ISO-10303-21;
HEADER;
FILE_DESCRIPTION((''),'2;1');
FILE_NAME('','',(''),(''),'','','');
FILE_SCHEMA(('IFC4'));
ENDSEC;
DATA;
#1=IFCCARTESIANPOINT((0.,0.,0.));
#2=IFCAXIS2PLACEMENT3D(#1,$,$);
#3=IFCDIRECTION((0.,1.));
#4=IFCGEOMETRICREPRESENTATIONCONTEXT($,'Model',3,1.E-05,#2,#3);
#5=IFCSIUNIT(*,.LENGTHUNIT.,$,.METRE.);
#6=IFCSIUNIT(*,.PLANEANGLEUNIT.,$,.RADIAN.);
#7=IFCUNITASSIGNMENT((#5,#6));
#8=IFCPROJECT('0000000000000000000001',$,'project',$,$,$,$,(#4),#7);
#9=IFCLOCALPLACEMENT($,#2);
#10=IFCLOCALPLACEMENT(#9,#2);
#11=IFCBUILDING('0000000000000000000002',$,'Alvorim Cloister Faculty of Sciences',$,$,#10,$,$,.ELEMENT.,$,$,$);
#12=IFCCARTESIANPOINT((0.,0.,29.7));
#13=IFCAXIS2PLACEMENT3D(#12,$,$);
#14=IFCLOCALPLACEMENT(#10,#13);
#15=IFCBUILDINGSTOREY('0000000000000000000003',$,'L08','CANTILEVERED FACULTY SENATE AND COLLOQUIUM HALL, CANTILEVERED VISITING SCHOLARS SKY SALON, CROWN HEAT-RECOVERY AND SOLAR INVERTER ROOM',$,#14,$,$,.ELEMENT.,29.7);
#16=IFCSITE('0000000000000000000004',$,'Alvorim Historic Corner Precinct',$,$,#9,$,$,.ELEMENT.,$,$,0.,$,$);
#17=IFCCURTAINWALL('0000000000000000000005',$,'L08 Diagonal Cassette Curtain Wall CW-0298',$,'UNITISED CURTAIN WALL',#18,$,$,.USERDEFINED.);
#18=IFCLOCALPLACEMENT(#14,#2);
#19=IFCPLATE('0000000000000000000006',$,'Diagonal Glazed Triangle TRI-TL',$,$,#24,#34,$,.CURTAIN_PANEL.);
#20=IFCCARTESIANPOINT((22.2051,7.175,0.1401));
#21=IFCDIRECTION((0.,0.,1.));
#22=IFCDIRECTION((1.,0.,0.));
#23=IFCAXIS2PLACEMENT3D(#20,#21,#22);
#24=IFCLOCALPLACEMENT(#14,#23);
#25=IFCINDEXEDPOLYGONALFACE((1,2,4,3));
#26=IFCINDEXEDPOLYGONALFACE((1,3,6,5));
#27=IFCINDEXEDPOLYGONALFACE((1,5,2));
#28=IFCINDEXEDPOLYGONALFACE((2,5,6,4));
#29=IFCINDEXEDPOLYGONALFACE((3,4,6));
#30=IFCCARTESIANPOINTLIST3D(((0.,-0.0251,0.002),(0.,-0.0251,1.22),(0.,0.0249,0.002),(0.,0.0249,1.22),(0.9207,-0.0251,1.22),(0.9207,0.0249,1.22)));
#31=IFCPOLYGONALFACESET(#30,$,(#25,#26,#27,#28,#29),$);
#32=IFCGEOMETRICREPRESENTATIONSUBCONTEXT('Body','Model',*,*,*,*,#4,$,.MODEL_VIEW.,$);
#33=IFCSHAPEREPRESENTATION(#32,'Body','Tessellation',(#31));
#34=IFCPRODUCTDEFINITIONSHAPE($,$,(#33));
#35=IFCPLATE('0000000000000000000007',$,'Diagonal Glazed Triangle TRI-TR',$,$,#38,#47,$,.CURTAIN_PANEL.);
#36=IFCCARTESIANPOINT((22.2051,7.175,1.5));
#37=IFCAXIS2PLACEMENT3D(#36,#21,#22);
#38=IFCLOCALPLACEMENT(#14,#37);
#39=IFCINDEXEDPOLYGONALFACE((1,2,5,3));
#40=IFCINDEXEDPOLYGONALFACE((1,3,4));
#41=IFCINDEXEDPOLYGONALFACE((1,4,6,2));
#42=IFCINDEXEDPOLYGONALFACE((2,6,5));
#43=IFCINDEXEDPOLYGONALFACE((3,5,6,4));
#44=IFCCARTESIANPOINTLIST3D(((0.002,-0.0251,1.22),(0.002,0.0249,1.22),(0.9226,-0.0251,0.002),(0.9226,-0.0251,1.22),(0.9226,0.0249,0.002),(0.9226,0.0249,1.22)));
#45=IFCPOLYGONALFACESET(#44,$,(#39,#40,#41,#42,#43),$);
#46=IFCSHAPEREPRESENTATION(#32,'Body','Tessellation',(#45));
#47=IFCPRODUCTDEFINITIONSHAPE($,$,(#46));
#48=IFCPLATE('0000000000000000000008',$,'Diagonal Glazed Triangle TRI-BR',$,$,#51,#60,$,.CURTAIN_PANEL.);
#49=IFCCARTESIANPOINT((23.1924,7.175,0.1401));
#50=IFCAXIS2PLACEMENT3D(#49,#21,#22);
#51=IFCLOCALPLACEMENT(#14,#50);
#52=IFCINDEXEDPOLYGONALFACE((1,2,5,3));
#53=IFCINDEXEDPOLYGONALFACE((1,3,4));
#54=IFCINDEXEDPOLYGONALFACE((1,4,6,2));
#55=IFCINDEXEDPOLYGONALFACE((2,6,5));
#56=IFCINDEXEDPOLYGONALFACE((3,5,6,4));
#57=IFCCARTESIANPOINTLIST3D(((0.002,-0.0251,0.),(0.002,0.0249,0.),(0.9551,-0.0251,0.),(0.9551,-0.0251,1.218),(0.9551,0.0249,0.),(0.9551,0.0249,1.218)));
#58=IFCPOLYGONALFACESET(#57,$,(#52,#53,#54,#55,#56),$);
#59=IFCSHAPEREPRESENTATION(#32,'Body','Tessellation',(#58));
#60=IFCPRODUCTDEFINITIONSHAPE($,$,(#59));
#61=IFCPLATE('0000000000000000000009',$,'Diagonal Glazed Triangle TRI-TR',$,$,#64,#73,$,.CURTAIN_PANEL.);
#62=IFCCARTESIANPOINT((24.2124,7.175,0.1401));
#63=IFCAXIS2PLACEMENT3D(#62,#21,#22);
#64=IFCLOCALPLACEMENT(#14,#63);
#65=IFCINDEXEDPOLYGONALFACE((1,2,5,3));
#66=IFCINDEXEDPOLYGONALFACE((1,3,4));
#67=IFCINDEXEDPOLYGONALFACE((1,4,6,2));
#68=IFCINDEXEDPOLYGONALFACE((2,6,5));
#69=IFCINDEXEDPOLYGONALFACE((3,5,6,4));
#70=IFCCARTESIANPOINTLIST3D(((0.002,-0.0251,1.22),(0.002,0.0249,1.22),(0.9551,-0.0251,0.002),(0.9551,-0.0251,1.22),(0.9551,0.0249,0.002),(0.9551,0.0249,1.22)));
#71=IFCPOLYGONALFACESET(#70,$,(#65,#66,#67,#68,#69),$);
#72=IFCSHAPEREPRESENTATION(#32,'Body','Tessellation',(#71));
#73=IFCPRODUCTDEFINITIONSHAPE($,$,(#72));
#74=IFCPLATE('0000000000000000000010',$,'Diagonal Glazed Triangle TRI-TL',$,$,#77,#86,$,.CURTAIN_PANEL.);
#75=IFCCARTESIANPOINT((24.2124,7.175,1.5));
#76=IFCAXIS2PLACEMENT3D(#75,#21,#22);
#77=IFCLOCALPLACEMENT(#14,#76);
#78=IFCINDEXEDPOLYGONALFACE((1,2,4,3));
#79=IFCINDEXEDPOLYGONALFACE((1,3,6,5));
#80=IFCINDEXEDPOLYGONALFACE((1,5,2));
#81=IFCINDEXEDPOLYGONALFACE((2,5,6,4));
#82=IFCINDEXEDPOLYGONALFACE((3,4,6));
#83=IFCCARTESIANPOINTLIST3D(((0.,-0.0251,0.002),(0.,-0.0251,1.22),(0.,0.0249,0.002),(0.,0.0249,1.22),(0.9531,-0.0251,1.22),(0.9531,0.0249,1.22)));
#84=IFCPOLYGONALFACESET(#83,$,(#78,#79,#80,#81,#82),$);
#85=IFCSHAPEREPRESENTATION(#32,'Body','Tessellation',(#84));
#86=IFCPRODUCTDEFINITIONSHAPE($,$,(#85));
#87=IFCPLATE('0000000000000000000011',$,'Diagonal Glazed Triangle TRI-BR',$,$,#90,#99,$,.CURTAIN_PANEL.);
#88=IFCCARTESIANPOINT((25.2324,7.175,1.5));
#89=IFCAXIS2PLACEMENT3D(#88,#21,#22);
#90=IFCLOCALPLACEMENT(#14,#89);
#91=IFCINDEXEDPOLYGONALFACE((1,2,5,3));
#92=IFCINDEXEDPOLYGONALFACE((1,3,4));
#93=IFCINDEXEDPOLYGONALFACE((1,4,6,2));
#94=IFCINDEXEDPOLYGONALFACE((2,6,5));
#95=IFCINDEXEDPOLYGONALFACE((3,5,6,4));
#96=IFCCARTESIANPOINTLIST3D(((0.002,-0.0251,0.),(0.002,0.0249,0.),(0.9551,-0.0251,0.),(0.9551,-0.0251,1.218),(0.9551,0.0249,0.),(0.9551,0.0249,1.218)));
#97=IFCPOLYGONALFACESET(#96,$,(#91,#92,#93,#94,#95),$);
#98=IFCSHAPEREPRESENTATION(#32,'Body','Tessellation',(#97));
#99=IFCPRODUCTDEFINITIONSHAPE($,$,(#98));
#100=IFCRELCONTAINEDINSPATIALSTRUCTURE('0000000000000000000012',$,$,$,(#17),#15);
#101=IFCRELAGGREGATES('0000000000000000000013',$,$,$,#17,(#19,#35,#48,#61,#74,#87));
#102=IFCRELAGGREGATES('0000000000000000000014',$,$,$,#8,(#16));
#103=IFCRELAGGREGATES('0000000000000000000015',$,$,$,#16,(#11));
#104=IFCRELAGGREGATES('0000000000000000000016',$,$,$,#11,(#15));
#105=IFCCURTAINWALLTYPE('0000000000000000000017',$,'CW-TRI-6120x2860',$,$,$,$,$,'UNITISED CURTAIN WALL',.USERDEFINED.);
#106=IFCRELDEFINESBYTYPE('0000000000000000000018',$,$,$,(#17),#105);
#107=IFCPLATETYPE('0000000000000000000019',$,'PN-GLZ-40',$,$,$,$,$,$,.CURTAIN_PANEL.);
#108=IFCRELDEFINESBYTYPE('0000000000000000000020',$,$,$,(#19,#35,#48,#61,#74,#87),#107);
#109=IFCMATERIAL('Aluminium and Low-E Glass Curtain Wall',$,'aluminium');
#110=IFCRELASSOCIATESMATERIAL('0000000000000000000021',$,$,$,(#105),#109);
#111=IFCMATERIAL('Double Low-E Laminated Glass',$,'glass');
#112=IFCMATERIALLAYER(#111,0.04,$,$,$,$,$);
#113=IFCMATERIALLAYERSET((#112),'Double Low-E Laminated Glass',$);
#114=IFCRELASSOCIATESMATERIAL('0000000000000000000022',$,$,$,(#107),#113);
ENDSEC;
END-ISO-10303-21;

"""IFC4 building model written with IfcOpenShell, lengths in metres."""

from ifc_helpers import new_model, si_unit, direction, frame, origin, place, context, subcontext, project, spatial, polyline, outline, extrude, material, layer, layer_set, type_object, element, aggregate, save


model = new_model("IFC4")

# Units and contexts
model_context = context("Model", 3, precision=1e-05, world=origin(), true_north=direction((0.0, 1.0)))
body_context = subcontext(model_context, "Body", "Model", "MODEL_VIEW")
ifc_project = project(units=[si_unit("LENGTHUNIT", "METRE"), si_unit("PLANEANGLEUNIT", "RADIAN")], contexts=[model_context])

# Site, building, storey
site_placement = place(None, origin())
site = spatial("IfcSite", under=ifc_project, at=site_placement, Name="Alvorim Historic Corner Precinct", CompositionType="ELEMENT", RefElevation=0.0)
building_placement = place(site_placement, origin())
building = spatial("IfcBuilding", under=site, at=building_placement, Name="Alvorim Cloister Faculty of Sciences", CompositionType="ELEMENT")
storey_placement = place(building_placement, frame((0.0, 0.0, 29.7)))
storey = spatial("IfcBuildingStorey", under=building, at=storey_placement, Name="L08", Description="CANTILEVERED FACULTY SENATE AND COLLOQUIUM HALL, CANTILEVERED VISITING SCHOLARS SKY SALON, CROWN HEAT-RECOVERY AND SOLAR INVERTER ROOM", CompositionType="ELEMENT", Elevation=29.7)

# Curtain wall
ifc_material_1 = material(Name="Aluminium and Low-E Glass Curtain Wall", Category="aluminium")
curtain_wall_type = type_object("IfcCurtainWallType", Name="CW-TRI-6120x2860", ElementType="UNITISED CURTAIN WALL", PredefinedType="USERDEFINED", material=ifc_material_1)
curtain_wall_1_placement = place(storey_placement, origin())
curtain_wall_1 = element("IfcCurtainWall", 1, at=curtain_wall_1_placement, inside=storey, type_object=curtain_wall_type, Name="L08 Diagonal Cassette Curtain Wall CW-0298", ObjectType="UNITISED CURTAIN WALL", PredefinedType="USERDEFINED")

# Plates
ifc_material_2 = material(Name="Double Low-E Laminated Glass", Category="glass")
ifc_layer_1 = layer(ifc_material_2, 0.04)
ifc_layer_set_1 = layer_set([ifc_layer_1], Name="Double Low-E Laminated Glass")
plate_type = type_object("IfcPlateType", Name="PN-GLZ-40", PredefinedType="CURTAIN_PANEL", material=ifc_layer_set_1)
plate_1_placement = place(storey_placement, frame((22.2051, 7.175, 0.1401), z_axis=(0.0, 0.0, 1.0), x_axis=(1.0, 0.0, 0.0)))
plate_1 = element("IfcPlate", 2, at=plate_1_placement, type_object=plate_type, Name="Diagonal Glazed Triangle TRI-TL", PredefinedType="CURTAIN_PANEL", context=body_context, shape_type="SweptSolid", body=[
    extrude(outline(polyline([(0.9207, 1.22), (0.0, 1.22), (0.0, 0.002), (0.9207, 1.22)])), frame((0.0, 0.0249, 0.0), z_axis=(0.0, -1.0, 0.0), x_axis=(1.0, 0.0, 0.0)), (0.0, 0.0, 1.0), 0.05),
])
plate_2_placement = place(storey_placement, frame((22.2051, 7.175, 1.5), z_axis=(0.0, 0.0, 1.0), x_axis=(1.0, 0.0, 0.0)))
plate_2 = element("IfcPlate", 3, at=plate_2_placement, type_object=plate_type, Name="Diagonal Glazed Triangle TRI-TR", PredefinedType="CURTAIN_PANEL", context=body_context, shape_type="SweptSolid", body=[
    extrude(outline(polyline([(0.9226, 0.002), (0.9226, 1.22), (0.002, 1.22), (0.9226, 0.002)])), frame((0.0, 0.0249, 0.0), z_axis=(0.0, -1.0, 0.0), x_axis=(1.0, 0.0, 0.0)), (0.0, 0.0, 1.0), 0.05),
])
plate_3_placement = place(storey_placement, frame((23.1924, 7.175, 0.1401), z_axis=(0.0, 0.0, 1.0), x_axis=(1.0, 0.0, 0.0)))
plate_3 = element("IfcPlate", 4, at=plate_3_placement, type_object=plate_type, Name="Diagonal Glazed Triangle TRI-BR", PredefinedType="CURTAIN_PANEL", context=body_context, shape_type="SweptSolid", body=[
    extrude(outline(polyline([(0.002, 0.0), (0.9551, 0.0), (0.9551, 1.218), (0.002, 0.0)])), frame((0.0, 0.0249, 0.0), z_axis=(0.0, -1.0, 0.0), x_axis=(1.0, 0.0, 0.0)), (0.0, 0.0, 1.0), 0.05),
])
plate_4_placement = place(storey_placement, frame((24.2124, 7.175, 0.1401), z_axis=(0.0, 0.0, 1.0), x_axis=(1.0, 0.0, 0.0)))
plate_4 = element("IfcPlate", 5, at=plate_4_placement, type_object=plate_type, Name="Diagonal Glazed Triangle TRI-TR", PredefinedType="CURTAIN_PANEL", context=body_context, shape_type="SweptSolid", body=[
    extrude(outline(polyline([(0.9551, 0.002), (0.9551, 1.22), (0.002, 1.22), (0.9551, 0.002)])), frame((0.0, 0.0249, 0.0), z_axis=(0.0, -1.0, 0.0), x_axis=(1.0, 0.0, 0.0)), (0.0, 0.0, 1.0), 0.05),
])
plate_5_placement = place(storey_placement, frame((24.2124, 7.175, 1.5), z_axis=(0.0, 0.0, 1.0), x_axis=(1.0, 0.0, 0.0)))
plate_5 = element("IfcPlate", 6, at=plate_5_placement, type_object=plate_type, Name="Diagonal Glazed Triangle TRI-TL", PredefinedType="CURTAIN_PANEL", context=body_context, shape_type="SweptSolid", body=[
    extrude(outline(polyline([(0.9531, 1.22), (0.0, 1.22), (0.0, 0.002), (0.9531, 1.22)])), frame((0.0, 0.0249, 0.0), z_axis=(0.0, -1.0, 0.0), x_axis=(1.0, 0.0, 0.0)), (0.0, 0.0, 1.0), 0.05),
])
plate_6_placement = place(storey_placement, frame((25.2324, 7.175, 1.5), z_axis=(0.0, 0.0, 1.0), x_axis=(1.0, 0.0, 0.0)))
plate_6 = element("IfcPlate", 7, at=plate_6_placement, type_object=plate_type, Name="Diagonal Glazed Triangle TRI-BR", PredefinedType="CURTAIN_PANEL", context=body_context, shape_type="SweptSolid", body=[
    extrude(outline(polyline([(0.002, 0.0), (0.9551, 0.0), (0.9551, 1.218), (0.002, 0.0)])), frame((0.0, 0.0249, 0.0), z_axis=(0.0, -1.0, 0.0), x_axis=(1.0, 0.0, 0.0)), (0.0, 0.0, 1.0), 0.05),
])
aggregate(curtain_wall_1, [plate_1, plate_2, plate_3, plate_4, plate_5, plate_6])

save(model, "model.ifc")
